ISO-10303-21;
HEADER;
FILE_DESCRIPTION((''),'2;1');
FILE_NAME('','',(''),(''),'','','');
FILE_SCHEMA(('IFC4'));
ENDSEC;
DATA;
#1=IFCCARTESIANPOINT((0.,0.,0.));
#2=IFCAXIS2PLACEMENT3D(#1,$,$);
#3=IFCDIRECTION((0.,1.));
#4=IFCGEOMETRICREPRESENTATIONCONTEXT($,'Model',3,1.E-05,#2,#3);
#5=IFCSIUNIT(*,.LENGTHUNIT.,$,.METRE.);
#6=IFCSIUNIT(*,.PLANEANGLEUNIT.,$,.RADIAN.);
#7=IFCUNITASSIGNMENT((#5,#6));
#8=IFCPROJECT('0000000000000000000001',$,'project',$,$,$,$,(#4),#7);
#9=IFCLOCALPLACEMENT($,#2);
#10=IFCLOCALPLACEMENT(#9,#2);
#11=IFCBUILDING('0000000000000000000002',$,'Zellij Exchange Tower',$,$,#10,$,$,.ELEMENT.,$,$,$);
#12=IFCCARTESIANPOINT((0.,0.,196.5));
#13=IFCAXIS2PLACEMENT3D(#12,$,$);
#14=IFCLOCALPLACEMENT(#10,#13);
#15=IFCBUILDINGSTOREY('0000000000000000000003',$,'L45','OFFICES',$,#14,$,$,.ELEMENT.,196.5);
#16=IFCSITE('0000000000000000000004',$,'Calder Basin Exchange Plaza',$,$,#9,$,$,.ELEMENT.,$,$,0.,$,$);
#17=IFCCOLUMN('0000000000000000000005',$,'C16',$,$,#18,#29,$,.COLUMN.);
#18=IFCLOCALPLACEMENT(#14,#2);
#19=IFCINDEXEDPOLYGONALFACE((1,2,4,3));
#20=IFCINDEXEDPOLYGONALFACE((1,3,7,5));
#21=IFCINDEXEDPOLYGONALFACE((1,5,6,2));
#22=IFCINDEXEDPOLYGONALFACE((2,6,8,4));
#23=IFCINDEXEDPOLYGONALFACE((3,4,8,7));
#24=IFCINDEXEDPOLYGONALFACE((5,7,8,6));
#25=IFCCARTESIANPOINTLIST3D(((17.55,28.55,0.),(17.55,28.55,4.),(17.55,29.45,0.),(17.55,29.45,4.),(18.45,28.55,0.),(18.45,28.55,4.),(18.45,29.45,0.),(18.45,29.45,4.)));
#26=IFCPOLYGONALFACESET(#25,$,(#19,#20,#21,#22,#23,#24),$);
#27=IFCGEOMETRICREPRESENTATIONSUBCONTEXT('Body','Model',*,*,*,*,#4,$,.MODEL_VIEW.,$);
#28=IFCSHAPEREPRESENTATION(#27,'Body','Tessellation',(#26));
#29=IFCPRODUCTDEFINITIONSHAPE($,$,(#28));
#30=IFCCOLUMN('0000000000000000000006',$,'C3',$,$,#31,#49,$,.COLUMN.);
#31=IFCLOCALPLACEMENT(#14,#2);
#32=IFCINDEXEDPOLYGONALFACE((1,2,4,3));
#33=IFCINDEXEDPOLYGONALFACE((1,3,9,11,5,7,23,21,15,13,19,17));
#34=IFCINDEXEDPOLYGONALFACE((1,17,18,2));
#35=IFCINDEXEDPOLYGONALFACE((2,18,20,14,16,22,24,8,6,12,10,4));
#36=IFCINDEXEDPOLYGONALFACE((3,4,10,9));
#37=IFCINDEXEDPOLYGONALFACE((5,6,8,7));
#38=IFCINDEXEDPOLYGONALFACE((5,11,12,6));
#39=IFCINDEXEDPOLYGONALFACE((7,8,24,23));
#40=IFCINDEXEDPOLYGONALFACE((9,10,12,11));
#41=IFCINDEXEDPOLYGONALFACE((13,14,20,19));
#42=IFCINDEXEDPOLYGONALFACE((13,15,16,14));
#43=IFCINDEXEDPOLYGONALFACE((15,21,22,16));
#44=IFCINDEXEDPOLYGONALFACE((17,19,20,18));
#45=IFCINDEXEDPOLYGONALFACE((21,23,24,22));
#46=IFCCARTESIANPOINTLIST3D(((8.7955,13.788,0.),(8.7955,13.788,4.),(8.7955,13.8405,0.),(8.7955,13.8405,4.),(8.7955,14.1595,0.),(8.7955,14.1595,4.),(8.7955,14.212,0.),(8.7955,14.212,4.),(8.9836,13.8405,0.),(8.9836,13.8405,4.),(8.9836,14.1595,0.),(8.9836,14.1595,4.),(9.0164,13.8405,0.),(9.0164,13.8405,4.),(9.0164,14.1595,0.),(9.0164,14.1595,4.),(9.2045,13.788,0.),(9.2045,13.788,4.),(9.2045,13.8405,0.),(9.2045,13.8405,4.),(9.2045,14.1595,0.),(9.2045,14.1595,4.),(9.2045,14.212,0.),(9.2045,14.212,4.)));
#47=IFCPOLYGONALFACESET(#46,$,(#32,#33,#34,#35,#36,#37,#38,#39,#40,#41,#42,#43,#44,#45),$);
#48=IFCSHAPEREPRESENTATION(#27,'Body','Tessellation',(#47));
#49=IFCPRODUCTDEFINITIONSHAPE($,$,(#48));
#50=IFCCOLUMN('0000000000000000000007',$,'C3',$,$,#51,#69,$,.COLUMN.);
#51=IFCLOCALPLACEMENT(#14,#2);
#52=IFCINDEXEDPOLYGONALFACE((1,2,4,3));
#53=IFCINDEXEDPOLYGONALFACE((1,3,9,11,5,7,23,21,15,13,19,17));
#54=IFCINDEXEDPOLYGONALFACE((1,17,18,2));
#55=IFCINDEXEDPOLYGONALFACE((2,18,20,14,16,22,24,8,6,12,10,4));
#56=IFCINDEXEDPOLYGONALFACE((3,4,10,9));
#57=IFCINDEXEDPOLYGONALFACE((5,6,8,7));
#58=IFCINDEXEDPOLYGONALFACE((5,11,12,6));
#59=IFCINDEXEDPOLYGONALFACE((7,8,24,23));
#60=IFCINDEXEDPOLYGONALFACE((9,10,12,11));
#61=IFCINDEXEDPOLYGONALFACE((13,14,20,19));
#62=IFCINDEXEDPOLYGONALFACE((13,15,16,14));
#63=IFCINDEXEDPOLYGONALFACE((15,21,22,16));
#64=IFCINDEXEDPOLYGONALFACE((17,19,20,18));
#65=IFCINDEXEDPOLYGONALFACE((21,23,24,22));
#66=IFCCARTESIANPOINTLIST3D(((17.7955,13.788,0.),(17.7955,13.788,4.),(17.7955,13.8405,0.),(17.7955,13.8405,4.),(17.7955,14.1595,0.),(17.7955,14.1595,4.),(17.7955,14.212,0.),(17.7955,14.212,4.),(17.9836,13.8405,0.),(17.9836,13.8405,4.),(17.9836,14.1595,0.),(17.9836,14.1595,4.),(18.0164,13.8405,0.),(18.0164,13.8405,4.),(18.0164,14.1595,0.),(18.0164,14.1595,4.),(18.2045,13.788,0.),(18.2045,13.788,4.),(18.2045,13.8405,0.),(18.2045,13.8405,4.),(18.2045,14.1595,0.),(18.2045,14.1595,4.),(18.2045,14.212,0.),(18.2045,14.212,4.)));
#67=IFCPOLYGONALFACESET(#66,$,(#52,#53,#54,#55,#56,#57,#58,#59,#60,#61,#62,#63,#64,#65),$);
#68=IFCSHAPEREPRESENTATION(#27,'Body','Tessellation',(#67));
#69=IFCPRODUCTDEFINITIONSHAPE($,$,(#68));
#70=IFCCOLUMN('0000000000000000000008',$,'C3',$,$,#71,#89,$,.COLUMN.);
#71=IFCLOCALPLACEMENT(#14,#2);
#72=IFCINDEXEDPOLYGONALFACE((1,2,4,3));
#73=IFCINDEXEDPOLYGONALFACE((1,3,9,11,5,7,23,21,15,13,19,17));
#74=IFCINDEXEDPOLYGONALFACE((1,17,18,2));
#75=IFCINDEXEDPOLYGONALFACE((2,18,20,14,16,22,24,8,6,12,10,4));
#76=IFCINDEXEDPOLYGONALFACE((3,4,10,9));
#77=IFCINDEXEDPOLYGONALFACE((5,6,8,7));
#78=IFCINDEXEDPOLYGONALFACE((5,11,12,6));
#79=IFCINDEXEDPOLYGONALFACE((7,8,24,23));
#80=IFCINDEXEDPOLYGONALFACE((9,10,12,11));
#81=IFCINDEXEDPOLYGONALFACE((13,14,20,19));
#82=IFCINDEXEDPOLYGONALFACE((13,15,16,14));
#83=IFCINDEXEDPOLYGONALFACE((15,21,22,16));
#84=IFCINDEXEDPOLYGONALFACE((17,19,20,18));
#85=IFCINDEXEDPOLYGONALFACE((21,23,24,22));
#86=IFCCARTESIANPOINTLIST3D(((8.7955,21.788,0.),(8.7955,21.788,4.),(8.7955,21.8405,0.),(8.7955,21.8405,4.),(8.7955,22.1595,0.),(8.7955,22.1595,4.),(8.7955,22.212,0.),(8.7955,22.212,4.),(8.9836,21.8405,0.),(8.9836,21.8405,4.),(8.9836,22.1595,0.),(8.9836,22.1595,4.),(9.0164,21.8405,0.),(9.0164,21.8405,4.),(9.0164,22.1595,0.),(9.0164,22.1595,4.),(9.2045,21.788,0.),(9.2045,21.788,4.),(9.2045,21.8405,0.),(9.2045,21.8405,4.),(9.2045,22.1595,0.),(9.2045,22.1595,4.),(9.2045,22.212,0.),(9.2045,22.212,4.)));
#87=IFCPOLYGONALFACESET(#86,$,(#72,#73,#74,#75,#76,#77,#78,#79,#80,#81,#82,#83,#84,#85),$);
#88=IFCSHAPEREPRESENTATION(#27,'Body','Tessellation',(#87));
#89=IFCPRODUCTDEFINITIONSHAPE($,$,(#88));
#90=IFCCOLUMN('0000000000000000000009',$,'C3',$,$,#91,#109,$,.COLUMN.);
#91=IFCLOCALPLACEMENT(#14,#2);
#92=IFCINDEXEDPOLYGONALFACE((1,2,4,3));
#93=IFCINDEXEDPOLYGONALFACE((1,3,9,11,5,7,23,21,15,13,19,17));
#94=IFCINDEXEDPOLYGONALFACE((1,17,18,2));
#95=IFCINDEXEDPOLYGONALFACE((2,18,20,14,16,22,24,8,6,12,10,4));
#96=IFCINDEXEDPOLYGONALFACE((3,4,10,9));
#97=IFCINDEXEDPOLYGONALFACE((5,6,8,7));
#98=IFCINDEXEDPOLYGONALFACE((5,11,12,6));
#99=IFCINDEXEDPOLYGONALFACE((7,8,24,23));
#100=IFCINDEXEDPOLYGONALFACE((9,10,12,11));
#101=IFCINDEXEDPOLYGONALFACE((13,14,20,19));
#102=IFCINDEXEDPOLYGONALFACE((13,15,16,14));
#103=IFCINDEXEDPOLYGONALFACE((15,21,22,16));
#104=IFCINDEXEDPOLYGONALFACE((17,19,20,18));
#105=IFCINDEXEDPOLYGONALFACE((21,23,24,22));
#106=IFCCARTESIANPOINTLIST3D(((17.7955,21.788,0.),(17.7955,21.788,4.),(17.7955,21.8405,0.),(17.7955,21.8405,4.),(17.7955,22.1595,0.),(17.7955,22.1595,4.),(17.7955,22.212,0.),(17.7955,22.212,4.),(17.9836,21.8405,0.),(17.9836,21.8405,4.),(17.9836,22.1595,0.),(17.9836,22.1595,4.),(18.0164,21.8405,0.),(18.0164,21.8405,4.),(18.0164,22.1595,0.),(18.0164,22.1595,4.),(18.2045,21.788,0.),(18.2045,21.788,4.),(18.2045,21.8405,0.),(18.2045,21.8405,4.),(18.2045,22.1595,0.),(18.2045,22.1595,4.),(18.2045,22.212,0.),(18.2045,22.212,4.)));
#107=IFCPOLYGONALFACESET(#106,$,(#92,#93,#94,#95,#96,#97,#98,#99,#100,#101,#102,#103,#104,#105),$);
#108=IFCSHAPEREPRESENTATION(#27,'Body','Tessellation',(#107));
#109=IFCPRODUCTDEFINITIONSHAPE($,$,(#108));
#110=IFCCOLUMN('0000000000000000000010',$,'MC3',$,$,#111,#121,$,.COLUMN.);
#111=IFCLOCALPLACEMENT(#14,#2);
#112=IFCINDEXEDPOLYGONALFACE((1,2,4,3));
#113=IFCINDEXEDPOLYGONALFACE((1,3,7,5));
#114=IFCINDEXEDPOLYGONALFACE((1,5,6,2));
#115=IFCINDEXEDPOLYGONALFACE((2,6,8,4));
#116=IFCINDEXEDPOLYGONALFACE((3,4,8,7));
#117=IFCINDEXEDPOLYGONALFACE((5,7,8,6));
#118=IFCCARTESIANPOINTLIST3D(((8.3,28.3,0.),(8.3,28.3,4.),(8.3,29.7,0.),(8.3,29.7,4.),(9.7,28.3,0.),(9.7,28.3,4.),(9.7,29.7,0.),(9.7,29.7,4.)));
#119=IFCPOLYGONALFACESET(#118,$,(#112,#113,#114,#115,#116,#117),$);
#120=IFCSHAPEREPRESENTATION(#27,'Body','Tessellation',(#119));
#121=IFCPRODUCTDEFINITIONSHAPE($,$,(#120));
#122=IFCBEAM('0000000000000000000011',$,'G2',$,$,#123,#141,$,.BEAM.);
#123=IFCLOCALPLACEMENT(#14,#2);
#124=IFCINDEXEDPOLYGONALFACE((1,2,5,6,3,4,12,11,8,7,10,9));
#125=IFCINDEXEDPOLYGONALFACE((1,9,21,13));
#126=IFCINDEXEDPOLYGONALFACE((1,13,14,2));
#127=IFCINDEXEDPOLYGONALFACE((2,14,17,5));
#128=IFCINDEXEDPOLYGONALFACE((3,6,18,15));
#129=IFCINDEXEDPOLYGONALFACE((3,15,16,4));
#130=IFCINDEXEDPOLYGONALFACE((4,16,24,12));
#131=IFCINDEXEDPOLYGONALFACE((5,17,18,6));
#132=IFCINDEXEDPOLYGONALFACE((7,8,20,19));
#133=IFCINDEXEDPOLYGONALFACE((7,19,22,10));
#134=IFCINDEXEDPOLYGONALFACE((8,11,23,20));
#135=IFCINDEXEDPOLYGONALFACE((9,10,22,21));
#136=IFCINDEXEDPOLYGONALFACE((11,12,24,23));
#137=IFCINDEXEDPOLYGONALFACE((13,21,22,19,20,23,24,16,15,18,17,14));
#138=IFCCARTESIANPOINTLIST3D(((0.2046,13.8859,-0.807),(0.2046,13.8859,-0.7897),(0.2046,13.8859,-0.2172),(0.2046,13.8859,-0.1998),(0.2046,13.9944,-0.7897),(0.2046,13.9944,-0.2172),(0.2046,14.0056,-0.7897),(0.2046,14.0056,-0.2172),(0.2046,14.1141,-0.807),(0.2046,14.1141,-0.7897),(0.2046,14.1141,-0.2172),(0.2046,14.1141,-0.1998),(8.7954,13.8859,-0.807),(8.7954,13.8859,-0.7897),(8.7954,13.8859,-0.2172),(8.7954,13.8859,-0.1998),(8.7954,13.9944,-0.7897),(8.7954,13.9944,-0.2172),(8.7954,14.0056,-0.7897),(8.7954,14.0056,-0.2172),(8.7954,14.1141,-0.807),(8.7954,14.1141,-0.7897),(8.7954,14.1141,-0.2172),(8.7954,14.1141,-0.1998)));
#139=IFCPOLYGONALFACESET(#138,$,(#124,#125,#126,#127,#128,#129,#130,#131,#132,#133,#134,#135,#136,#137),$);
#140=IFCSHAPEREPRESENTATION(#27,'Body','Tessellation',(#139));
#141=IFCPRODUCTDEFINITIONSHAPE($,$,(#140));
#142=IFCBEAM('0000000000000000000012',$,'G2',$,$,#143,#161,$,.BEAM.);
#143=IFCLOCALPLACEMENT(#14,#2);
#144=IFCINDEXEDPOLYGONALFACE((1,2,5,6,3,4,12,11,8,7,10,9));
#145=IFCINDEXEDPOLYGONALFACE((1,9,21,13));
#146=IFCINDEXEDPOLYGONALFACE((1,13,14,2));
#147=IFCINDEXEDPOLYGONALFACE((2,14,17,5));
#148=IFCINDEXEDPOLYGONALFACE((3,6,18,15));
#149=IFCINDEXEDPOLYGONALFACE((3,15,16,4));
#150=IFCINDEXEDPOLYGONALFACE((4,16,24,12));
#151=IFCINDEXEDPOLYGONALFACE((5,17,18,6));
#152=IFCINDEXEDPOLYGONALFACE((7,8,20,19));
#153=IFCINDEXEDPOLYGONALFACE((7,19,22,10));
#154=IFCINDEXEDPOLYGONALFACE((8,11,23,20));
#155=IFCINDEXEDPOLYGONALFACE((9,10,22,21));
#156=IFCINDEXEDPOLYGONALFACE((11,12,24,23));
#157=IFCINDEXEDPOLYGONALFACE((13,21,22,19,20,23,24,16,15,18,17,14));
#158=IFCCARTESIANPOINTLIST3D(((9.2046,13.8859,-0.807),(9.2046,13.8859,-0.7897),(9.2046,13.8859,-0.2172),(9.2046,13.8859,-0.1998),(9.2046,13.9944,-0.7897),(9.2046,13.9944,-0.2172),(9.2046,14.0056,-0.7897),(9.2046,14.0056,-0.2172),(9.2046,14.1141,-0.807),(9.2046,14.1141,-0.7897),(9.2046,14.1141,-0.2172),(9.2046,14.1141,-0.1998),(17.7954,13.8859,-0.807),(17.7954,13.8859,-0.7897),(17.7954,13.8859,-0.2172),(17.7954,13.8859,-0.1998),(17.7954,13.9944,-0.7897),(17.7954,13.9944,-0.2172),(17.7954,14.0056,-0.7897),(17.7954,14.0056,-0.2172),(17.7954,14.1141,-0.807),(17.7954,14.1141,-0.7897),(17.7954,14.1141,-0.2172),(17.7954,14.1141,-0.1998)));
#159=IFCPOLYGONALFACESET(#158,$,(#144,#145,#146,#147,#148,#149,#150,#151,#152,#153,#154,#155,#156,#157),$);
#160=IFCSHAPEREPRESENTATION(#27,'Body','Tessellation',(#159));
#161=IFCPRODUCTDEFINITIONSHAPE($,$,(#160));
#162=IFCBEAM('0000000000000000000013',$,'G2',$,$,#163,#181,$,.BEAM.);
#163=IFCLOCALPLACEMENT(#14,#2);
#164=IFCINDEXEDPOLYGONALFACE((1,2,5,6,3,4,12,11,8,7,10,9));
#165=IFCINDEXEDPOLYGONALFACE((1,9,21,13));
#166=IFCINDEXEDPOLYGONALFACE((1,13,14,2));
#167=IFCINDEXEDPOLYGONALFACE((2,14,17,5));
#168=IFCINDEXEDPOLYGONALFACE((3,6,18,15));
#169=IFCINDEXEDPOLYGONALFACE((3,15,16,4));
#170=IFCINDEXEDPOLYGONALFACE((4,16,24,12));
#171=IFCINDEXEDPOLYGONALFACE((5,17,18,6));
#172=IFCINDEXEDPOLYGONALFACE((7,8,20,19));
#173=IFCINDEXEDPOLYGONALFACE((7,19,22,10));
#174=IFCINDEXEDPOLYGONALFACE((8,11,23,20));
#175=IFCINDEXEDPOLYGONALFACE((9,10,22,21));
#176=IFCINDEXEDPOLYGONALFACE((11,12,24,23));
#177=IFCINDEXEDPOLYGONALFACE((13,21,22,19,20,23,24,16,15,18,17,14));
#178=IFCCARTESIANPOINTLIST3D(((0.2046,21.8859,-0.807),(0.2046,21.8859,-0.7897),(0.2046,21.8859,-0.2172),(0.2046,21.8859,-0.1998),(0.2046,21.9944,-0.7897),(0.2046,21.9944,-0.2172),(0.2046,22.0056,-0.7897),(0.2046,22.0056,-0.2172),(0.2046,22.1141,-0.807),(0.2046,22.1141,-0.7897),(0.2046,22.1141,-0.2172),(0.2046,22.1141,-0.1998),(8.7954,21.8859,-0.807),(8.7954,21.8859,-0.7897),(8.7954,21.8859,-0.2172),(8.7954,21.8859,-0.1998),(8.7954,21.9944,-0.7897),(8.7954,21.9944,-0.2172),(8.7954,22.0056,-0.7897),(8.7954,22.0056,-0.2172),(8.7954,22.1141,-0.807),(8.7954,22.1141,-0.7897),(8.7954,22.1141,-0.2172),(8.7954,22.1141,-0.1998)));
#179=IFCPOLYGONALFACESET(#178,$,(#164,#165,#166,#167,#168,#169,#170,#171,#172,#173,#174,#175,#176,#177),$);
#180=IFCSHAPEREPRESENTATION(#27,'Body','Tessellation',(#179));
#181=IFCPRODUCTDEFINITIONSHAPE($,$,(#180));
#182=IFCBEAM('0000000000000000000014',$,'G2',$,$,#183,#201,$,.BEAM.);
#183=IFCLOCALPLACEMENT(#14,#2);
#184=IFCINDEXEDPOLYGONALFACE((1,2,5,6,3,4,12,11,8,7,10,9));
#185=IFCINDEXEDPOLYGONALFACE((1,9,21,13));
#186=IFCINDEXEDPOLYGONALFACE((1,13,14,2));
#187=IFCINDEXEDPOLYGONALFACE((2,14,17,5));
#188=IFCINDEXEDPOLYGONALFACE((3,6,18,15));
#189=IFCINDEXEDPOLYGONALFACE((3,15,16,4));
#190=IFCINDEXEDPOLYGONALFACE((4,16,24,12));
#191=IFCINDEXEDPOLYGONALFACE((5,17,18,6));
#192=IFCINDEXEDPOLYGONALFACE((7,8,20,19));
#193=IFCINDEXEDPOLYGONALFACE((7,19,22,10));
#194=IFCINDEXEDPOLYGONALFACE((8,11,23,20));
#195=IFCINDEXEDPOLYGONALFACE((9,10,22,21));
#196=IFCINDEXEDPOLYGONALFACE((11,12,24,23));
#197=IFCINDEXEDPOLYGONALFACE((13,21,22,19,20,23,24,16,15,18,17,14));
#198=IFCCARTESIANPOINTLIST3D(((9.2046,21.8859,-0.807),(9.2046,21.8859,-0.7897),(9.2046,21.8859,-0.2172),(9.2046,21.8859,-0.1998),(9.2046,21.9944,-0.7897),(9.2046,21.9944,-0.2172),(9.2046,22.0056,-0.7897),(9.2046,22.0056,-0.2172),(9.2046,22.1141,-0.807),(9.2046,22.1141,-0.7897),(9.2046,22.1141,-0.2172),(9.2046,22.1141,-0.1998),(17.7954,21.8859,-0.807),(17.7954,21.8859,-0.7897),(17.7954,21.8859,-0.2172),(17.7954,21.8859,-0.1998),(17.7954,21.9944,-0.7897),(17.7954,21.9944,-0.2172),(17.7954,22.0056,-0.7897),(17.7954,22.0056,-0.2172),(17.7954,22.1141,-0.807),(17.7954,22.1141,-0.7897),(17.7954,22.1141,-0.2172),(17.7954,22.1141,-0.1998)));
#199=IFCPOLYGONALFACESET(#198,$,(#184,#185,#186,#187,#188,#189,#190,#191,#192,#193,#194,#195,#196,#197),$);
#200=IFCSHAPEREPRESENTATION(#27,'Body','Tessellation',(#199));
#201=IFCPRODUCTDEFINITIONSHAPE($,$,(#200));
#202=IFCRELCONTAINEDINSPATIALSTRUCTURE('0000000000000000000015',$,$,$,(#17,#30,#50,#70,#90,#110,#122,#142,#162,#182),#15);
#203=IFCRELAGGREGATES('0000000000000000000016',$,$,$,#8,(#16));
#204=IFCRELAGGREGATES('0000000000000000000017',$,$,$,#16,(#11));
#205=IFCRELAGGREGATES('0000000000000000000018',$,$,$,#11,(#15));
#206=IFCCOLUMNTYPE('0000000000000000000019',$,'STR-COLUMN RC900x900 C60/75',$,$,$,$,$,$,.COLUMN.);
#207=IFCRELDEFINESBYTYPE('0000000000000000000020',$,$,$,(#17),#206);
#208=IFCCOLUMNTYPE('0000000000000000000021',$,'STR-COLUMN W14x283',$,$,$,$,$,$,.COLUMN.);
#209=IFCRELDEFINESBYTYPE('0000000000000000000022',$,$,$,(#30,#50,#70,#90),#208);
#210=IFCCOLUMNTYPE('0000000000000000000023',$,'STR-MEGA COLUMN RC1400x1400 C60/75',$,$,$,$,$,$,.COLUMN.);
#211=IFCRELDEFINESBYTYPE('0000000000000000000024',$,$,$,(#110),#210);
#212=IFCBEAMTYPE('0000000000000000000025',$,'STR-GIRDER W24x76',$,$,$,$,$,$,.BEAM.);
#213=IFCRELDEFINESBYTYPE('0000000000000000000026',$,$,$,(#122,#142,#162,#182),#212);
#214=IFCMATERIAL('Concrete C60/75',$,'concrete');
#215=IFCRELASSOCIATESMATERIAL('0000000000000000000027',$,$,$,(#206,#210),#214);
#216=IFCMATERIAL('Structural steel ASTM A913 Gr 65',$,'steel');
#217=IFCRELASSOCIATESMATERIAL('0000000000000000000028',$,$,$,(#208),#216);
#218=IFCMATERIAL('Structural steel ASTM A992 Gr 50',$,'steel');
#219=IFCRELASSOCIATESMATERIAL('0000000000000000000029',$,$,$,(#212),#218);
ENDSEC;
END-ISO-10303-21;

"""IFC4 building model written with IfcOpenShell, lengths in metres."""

from ifc_helpers import new_model, si_unit, direction, frame, origin, origin_2d, place, context, subcontext, project, spatial, rectangle, i_section, extrude, material, material_profile, profile_set, type_object, element, save


model = new_model("IFC4")

# Units and contexts
model_context = context("Model", 3, precision=1e-05, world=origin(), true_north=direction((0.0, 1.0)))
body_context = subcontext(model_context, "Body", "Model", "MODEL_VIEW")
ifc_project = project(units=[si_unit("LENGTHUNIT", "METRE"), si_unit("PLANEANGLEUNIT", "RADIAN")], contexts=[model_context])

# Site, building, storey
site_placement = place(None, origin())
site = spatial("IfcSite", under=ifc_project, at=site_placement, Name="Calder Basin Exchange Plaza", CompositionType="ELEMENT", RefElevation=0.0)
building_placement = place(site_placement, origin())
building = spatial("IfcBuilding", under=site, at=building_placement, Name="Zellij Exchange Tower", CompositionType="ELEMENT")
storey_placement = place(building_placement, frame((0.0, 0.0, 196.5)))
storey = spatial("IfcBuildingStorey", under=building, at=storey_placement, Name="L45", Description="OFFICES", CompositionType="ELEMENT", Elevation=196.5)

# Columns
ifc_material_1 = material(Name="Concrete C60/75", Category="concrete")
ifc_material_profile_1 = material_profile(ifc_material_1, rectangle(XDim=0.8999, YDim=0.8999, at=origin_2d()), Name="STR-COLUMN RC900x900 C60/75")
ifc_profile_set_1 = profile_set([ifc_material_profile_1], Name="Concrete C60/75")
column_type_1 = type_object("IfcColumnType", Name="STR-COLUMN RC900x900 C60/75", PredefinedType="COLUMN", material=ifc_profile_set_1)
column_1_placement = place(storey_placement, frame((18.0, 29.0, 0.0), z_axis=(0.0, 0.0, 1.0), x_axis=(1.0, 0.0, 0.0)))
element("IfcColumn", 1, at=column_1_placement, inside=storey, type_object=column_type_1, Name="C16", PredefinedType="COLUMN", context=body_context, shape_type="SweptSolid", body=[
    extrude(rectangle(XDim=0.8999, YDim=0.8999, at=origin_2d()), origin(), (0.0, 0.0, 1.0), 4.0),
])
ifc_material_2 = material(Name="Structural steel ASTM A913 Gr 65", Category="steel")
ifc_material_profile_2 = material_profile(ifc_material_2, i_section(OverallWidth=0.4089, OverallDepth=0.4241, WebThickness=0.0327, FlangeThickness=0.0525, at=origin_2d()), Name="W14x283")
ifc_profile_set_2 = profile_set([ifc_material_profile_2], Name="Structural steel ASTM A913 Gr 65")
column_type_2 = type_object("IfcColumnType", Name="STR-COLUMN W14x283", PredefinedType="COLUMN", material=ifc_profile_set_2)
for number, where, z_axis, x_axis, name in (
    (2, (9.0, 14.0, 0.0), (0.0, 0.0, 1.0), (1.0, 0.0, 0.0), "C3"),
    (3, (18.0, 14.0, 0.0), (0.0, 0.0, 1.0), (1.0, 0.0, 0.0), "C3"),
    (4, (9.0, 22.0, 0.0), (0.0, 0.0, 1.0), (1.0, 0.0, 0.0), "C3"),
    (5, (18.0, 22.0, 0.0), (0.0, 0.0, 1.0), (1.0, 0.0, 0.0), "C3"),
):
    element("IfcColumn", number, at=place(storey_placement, frame(where, z_axis=z_axis, x_axis=x_axis)), inside=storey, type_object=column_type_2, Name=name, PredefinedType="COLUMN", context=body_context, shape_type="SweptSolid", body=[
        extrude(i_section(OverallWidth=0.4089, OverallDepth=0.4241, WebThickness=0.0327, FlangeThickness=0.0525, at=origin_2d()), origin(), (0.0, 0.0, 1.0), 4.0),
    ])
ifc_material_profile_3 = material_profile(ifc_material_1, rectangle(XDim=1.3999, YDim=1.3999, at=origin_2d()), Name="STR-MEGA COLUMN RC1400x1400 C60/75")
ifc_profile_set_3 = profile_set([ifc_material_profile_3], Name="Concrete C60/75")
column_type_3 = type_object("IfcColumnType", Name="STR-MEGA COLUMN RC1400x1400 C60/75", PredefinedType="COLUMN", material=ifc_profile_set_3)
column_2_placement = place(storey_placement, frame((9.0, 29.0, 0.0), z_axis=(0.0, 0.0, 1.0), x_axis=(1.0, 0.0, 0.0)))
element("IfcColumn", 6, at=column_2_placement, inside=storey, type_object=column_type_3, Name="MC3", PredefinedType="COLUMN", context=body_context, shape_type="SweptSolid", body=[
    extrude(rectangle(XDim=1.3999, YDim=1.3999, at=origin_2d()), origin(), (0.0, 0.0, 1.0), 4.0),
])

# Beams
ifc_material_3 = material(Name="Structural steel ASTM A992 Gr 50", Category="steel")
ifc_material_profile_4 = material_profile(ifc_material_3, i_section(OverallWidth=0.2283, OverallDepth=0.6072, WebThickness=0.0112, FlangeThickness=0.0173, at=origin_2d()), Name="W24x76")
ifc_profile_set_4 = profile_set([ifc_material_profile_4], Name="Structural steel ASTM A992 Gr 50")
beam_type = type_object("IfcBeamType", Name="STR-GIRDER W24x76", PredefinedType="BEAM", material=ifc_profile_set_4)
for number, where, z_axis, x_axis, name in (
    (7, (0.2046, 14.0, -0.5034), (1.0, 0.0, 0.0), (0.0, 1.0, 0.0), "G2"),
    (8, (9.2046, 14.0, -0.5034), (1.0, 0.0, 0.0), (0.0, 1.0, 0.0), "G2"),
    (9, (0.2046, 22.0, -0.5034), (1.0, 0.0, 0.0), (0.0, 1.0, 0.0), "G2"),
    (10, (9.2046, 22.0, -0.5034), (1.0, 0.0, 0.0), (0.0, 1.0, 0.0), "G2"),
):
    element("IfcBeam", number, at=place(storey_placement, frame(where, z_axis=z_axis, x_axis=x_axis)), inside=storey, type_object=beam_type, Name=name, PredefinedType="BEAM", context=body_context, shape_type="SweptSolid", body=[
        extrude(i_section(OverallWidth=0.2283, OverallDepth=0.6072, WebThickness=0.0112, FlangeThickness=0.0173, at=origin_2d()), origin(), (0.0, 0.0, 1.0), 8.5908),
    ])

save(model, "model.ifc")
